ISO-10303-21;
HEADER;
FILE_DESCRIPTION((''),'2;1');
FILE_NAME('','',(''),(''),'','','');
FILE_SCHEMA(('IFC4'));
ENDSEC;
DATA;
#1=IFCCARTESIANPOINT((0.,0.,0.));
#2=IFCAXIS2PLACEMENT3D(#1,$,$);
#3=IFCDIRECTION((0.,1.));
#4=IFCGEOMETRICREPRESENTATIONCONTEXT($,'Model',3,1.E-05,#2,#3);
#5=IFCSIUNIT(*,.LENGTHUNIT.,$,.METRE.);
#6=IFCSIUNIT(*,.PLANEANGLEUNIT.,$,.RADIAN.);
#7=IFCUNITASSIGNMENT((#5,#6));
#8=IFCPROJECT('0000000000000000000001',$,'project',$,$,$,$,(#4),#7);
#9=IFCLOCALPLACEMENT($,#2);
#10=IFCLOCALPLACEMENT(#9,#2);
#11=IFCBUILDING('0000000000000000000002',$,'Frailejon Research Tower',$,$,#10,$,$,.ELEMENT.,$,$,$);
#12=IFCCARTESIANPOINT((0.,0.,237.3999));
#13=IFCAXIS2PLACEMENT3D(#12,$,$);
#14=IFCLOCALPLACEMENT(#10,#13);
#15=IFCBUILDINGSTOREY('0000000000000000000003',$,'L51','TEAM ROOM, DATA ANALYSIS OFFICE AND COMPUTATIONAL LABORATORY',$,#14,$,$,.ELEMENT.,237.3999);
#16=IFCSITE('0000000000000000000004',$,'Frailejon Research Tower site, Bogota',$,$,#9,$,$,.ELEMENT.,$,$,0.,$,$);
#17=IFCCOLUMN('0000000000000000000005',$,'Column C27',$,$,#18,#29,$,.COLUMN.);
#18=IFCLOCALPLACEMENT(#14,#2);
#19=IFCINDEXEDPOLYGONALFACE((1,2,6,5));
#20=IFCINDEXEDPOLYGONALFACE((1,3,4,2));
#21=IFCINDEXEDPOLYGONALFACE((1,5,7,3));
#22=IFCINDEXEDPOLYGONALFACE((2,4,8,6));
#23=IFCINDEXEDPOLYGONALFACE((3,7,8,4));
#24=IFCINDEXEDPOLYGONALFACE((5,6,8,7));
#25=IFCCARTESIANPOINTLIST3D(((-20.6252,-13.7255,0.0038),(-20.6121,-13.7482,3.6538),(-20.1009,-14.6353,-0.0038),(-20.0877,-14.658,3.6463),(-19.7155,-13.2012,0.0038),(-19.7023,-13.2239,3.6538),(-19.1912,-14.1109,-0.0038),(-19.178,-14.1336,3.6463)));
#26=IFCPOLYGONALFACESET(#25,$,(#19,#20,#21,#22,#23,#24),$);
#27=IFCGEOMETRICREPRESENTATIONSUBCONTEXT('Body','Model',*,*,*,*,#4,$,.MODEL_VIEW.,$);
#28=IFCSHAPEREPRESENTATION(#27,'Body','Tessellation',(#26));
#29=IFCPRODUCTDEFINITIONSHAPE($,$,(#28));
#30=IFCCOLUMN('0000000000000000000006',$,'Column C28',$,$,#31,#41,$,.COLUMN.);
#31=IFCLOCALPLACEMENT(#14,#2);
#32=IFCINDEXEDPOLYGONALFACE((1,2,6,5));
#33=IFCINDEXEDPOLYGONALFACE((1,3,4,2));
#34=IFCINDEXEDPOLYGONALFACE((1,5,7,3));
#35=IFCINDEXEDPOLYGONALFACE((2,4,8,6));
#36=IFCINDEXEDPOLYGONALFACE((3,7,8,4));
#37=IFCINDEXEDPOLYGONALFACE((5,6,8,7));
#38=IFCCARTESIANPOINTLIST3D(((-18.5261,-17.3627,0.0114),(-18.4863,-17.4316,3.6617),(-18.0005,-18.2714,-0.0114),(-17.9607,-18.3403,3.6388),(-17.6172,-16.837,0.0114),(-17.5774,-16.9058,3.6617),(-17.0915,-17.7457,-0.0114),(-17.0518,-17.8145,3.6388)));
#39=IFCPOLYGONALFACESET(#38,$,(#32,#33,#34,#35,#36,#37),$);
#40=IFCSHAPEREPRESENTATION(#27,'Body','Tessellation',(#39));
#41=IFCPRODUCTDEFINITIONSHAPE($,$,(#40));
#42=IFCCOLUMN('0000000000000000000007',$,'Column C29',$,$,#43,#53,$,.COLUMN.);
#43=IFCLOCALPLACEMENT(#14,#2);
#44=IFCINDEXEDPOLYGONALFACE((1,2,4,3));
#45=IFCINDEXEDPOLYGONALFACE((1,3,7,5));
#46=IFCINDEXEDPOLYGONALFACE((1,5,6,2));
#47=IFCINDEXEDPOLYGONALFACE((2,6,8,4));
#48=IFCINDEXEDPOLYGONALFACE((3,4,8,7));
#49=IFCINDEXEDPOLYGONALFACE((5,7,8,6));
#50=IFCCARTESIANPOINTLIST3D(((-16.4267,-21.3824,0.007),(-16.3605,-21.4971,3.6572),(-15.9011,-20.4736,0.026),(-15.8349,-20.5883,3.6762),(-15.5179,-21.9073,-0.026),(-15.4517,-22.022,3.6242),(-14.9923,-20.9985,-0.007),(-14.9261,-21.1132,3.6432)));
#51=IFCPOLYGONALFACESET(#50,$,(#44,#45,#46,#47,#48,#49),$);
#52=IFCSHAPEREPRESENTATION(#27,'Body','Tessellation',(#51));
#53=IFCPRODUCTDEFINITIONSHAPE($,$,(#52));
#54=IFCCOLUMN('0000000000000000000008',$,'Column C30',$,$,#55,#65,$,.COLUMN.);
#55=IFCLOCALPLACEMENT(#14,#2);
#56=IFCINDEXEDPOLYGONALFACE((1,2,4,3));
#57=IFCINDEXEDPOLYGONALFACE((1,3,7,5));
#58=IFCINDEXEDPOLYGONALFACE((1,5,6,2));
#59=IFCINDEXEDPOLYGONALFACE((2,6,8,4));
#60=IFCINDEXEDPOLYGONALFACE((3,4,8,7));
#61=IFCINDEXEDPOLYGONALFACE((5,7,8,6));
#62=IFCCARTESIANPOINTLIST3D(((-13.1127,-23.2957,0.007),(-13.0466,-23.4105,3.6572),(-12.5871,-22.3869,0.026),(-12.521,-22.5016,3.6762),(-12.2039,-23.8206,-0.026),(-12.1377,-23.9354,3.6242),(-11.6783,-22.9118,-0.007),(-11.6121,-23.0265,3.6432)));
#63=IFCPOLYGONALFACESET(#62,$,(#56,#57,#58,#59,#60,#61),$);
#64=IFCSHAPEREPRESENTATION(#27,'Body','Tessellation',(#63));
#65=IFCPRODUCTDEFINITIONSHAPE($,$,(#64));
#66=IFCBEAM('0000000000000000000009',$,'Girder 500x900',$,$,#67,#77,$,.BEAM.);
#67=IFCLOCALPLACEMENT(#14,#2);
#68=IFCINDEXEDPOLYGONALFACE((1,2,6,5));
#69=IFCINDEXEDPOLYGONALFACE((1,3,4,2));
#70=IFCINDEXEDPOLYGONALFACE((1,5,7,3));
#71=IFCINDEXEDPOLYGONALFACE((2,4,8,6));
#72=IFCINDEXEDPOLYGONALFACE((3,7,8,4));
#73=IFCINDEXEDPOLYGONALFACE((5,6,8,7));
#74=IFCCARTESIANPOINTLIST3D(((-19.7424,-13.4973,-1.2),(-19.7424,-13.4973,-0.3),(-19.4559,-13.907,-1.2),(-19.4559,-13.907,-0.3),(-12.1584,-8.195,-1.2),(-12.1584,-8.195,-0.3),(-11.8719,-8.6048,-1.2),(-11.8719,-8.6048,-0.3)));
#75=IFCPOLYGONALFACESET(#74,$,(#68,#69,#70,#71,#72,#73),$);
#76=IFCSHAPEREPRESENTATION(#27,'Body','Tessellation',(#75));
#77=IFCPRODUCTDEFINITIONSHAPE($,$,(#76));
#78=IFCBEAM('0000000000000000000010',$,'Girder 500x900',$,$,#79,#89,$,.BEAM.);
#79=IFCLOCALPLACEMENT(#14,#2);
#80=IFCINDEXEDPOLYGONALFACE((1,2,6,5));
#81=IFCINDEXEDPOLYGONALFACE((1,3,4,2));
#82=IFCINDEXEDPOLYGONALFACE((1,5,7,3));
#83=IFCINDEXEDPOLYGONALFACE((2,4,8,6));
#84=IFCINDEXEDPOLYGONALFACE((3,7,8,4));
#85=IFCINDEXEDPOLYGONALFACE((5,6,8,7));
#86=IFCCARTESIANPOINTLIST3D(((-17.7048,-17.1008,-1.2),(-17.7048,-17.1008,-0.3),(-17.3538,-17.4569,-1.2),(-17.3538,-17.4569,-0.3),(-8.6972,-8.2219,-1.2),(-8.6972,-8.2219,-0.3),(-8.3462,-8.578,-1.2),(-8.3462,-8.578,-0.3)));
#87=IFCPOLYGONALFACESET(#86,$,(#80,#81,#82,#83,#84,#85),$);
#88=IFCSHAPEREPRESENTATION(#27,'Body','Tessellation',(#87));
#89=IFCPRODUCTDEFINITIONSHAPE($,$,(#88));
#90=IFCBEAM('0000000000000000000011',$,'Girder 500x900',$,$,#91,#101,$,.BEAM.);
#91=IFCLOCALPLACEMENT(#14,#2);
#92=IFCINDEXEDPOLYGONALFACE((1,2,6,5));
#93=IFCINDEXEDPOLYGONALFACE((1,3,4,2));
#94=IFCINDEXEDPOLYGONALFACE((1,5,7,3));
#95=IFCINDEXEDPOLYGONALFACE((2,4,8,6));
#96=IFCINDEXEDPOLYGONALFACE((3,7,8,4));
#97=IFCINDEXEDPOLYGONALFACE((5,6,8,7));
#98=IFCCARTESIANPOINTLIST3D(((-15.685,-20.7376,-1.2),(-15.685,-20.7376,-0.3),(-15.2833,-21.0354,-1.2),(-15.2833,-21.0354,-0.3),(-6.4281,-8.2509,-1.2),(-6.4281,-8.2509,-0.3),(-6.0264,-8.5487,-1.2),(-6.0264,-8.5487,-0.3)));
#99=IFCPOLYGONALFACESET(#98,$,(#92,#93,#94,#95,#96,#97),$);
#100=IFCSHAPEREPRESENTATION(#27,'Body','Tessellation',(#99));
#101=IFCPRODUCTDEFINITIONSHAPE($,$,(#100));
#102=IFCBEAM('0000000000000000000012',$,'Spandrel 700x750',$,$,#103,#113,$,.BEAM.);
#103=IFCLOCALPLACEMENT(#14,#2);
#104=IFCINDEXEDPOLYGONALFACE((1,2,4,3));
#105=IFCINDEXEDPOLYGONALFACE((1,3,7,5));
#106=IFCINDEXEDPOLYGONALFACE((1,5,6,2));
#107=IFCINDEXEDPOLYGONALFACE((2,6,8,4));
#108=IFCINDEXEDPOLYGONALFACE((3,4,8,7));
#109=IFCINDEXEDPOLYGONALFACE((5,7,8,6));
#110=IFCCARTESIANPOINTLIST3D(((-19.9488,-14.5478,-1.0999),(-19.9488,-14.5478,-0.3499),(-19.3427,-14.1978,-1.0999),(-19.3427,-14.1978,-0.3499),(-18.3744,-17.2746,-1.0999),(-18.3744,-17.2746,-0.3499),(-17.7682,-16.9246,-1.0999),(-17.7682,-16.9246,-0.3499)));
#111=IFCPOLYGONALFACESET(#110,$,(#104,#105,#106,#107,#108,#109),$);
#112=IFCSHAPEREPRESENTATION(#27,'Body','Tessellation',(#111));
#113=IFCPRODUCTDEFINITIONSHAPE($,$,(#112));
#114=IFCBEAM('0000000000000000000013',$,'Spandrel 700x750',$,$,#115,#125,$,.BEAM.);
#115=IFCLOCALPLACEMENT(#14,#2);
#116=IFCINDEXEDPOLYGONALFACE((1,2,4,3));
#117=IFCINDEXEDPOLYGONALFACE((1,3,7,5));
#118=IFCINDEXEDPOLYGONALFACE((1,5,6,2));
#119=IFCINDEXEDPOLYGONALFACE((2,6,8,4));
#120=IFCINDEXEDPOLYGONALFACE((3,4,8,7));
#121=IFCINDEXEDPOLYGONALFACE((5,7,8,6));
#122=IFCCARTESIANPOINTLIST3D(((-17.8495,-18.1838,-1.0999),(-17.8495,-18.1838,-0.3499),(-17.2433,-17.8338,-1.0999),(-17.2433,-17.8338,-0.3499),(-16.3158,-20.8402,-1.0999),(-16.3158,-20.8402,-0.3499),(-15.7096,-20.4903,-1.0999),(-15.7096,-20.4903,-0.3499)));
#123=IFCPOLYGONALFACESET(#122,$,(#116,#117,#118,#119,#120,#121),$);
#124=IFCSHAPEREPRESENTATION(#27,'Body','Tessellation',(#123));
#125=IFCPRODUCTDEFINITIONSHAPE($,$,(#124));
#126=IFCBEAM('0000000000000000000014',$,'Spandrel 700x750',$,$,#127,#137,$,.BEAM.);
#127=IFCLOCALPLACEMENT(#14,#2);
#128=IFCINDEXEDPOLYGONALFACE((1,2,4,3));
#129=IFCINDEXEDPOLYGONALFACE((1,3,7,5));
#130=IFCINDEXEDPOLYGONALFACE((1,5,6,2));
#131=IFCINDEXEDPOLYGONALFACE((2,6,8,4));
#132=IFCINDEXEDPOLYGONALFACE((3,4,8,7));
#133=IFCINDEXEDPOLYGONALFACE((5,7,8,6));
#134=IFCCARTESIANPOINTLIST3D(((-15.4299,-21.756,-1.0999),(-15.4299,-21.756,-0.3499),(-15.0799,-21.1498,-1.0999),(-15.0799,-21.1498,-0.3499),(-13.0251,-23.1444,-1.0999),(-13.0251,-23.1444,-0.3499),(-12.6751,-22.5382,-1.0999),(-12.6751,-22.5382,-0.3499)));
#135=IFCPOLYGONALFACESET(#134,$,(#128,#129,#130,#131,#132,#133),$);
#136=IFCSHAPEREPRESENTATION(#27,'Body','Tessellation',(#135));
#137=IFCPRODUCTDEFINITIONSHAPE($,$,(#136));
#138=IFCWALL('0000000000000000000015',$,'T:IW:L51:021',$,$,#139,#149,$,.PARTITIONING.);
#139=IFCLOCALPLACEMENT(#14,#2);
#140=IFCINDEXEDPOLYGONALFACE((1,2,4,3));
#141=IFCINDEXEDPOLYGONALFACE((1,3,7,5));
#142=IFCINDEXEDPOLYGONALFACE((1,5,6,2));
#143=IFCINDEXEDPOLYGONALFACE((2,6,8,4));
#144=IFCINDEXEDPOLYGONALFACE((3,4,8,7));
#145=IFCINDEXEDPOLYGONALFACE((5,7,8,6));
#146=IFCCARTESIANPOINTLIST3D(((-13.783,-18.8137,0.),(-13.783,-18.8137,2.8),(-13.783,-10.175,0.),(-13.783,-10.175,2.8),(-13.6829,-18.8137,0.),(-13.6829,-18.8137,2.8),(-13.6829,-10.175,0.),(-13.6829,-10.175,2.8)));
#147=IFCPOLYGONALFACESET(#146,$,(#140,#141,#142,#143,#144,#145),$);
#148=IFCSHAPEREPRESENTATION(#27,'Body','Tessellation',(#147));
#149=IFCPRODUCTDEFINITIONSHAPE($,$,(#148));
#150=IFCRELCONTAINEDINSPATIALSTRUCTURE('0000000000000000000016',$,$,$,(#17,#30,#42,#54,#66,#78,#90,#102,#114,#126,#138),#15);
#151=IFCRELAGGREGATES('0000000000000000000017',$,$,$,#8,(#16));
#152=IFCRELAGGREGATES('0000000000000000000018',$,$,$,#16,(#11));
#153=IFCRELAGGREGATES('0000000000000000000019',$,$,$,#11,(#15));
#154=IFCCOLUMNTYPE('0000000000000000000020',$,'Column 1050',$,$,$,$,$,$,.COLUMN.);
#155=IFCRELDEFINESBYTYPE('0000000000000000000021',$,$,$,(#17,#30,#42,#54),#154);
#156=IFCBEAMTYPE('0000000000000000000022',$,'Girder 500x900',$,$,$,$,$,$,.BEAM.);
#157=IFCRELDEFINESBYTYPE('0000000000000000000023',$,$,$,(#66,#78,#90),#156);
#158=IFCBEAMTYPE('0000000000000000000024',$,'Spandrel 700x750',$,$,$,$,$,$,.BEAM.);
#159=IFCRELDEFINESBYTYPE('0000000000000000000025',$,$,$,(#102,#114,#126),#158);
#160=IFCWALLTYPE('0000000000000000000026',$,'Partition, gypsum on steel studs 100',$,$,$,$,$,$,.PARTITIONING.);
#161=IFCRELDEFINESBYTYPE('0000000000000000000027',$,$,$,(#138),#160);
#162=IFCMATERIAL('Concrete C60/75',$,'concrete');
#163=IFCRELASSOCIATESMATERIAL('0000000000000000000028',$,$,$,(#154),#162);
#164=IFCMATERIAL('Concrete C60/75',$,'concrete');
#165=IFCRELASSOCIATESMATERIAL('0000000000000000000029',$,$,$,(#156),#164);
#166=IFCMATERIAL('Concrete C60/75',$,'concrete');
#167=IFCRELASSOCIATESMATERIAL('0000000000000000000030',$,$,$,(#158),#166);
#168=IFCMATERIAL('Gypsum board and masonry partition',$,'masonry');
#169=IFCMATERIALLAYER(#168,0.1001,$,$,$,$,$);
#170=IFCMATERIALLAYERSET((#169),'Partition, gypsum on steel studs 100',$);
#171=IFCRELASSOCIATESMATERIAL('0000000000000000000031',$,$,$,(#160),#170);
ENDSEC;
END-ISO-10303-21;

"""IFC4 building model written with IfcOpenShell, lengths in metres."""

from ifc_helpers import new_model, si_unit, direction, frame, frame_2d, origin, origin_2d, place, context, subcontext, project, spatial, rectangle, extrude, material, layer, layer_set, material_profile, profile_set, type_object, element, save


model = new_model("IFC4")

# Units and contexts
model_context = context("Model", 3, precision=1e-05, world=origin(), true_north=direction((0.0, 1.0)))
body_context = subcontext(model_context, "Body", "Model", "MODEL_VIEW")
ifc_project = project(units=[si_unit("LENGTHUNIT", "METRE"), si_unit("PLANEANGLEUNIT", "RADIAN")], contexts=[model_context])

# Site, building, storey
site_placement = place(None, origin())
site = spatial("IfcSite", under=ifc_project, at=site_placement, Name="Frailejon Research Tower site, Bogota", CompositionType="ELEMENT", RefElevation=0.0)
building_placement = place(site_placement, origin())
building = spatial("IfcBuilding", under=site, at=building_placement, Name="Frailejon Research Tower", CompositionType="ELEMENT")
storey_placement = place(building_placement, frame((0.0, 0.0, 237.3999)))
storey = spatial("IfcBuildingStorey", under=building, at=storey_placement, Name="L51", Description="TEAM ROOM, DATA ANALYSIS OFFICE AND COMPUTATIONAL LABORATORY", CompositionType="ELEMENT", Elevation=237.3999)

# Columns
ifc_material_1 = material(Name="Concrete C60/75", Category="concrete")
ifc_material_profile_1 = material_profile(ifc_material_1, rectangle(XDim=1.05, YDim=1.05, at=origin_2d()), Name="Column 1050")
ifc_profile_set_1 = profile_set([ifc_material_profile_1], Name="Concrete C60/75")
column_type = type_object("IfcColumnType", Name="Column 1050", PredefinedType="COLUMN", material=ifc_profile_set_1)
column_1_placement = place(storey_placement, frame((-19.9082, -13.9182, 0.0), z_axis=(0.003612, -0.00622, 0.999974), x_axis=(0.499322, -0.866387, -0.007193)))
element("IfcColumn", 1, at=column_1_placement, inside=storey, type_object=column_type, Name="Column C27", PredefinedType="COLUMN", context=body_context, shape_type="SweptSolid", body=[
    extrude(rectangle(XDim=1.05, YDim=1.05, at=origin_2d()), origin(), (0.0, 0.0, 1.0), 3.6501),
])
column_2_placement = place(storey_placement, frame((-17.8088, -17.5542, 0.0), z_axis=(0.0109, -0.018857, 0.999763), x_axis=(0.50059, -0.86541, -0.021781)))
element("IfcColumn", 2, at=column_2_placement, inside=storey, type_object=column_type, Name="Column C28", PredefinedType="COLUMN", context=body_context, shape_type="SweptSolid", body=[
    extrude(rectangle(XDim=1.05, YDim=1.05, at=origin_2d()), origin(), (0.0, 0.0, 1.0), 3.6511),
])
for number, where, z_axis, x_axis, name in (
    (3, (-15.7095, -21.1904, 0.0), (0.018114, -0.031415, 0.999342), (0.86552, -0.499889, -0.031403), "Column C29"),
    (4, (-12.3955, -23.1038, 0.0), (0.018114, -0.031415, 0.999342), (0.86552, -0.499889, -0.031403), "Column C30"),
):
    element("IfcColumn", number, at=place(storey_placement, frame(where, z_axis=z_axis, x_axis=x_axis)), inside=storey, type_object=column_type, Name=name, PredefinedType="COLUMN", context=body_context, shape_type="SweptSolid", body=[
        extrude(rectangle(XDim=1.05, YDim=1.05, at=origin_2d()), origin(), (0.0, 0.0, 1.0), 3.6526),
    ])

# Beams
ifc_material_2 = material(Name="Concrete C60/75", Category="concrete")
ifc_material_profile_2 = material_profile(ifc_material_2, rectangle(XDim=0.5, YDim=0.8999, at=origin_2d()), Name="Girder 500x900")
ifc_profile_set_2 = profile_set([ifc_material_profile_2], Name="Concrete C60/75")
beam_type_1 = type_object("IfcBeamType", Name="Girder 500x900", PredefinedType="BEAM", material=ifc_profile_set_2)
beam_1_placement = place(storey_placement, frame((-19.5991, -13.7021, -0.75), z_axis=(0.819564, 0.572988, 0.0), x_axis=(-0.572988, 0.819564, 0.0)))
element("IfcBeam", 5, at=beam_1_placement, inside=storey, type_object=beam_type_1, Name="Girder 500x900", PredefinedType="BEAM", context=body_context, shape_type="SweptSolid", body=[
    extrude(rectangle(XDim=0.5, YDim=0.8999, at=origin_2d()), origin(), (0.0, 0.0, 1.0), 9.2537),
])
beam_2_placement = place(storey_placement, frame((-17.5293, -17.2788, -0.75), z_axis=(0.712175, 0.702002, 0.0), x_axis=(-0.702002, 0.712175, 0.0)))
element("IfcBeam", 6, at=beam_2_placement, inside=storey, type_object=beam_type_1, Name="Girder 500x900", PredefinedType="BEAM", context=body_context, shape_type="SweptSolid", body=[
    extrude(rectangle(XDim=0.5, YDim=0.8999, at=origin_2d()), origin(), (0.0, 0.0, 1.0), 12.6479),
])
beam_3_placement = place(storey_placement, frame((-15.4841, -20.8865, -0.75), z_axis=(0.59554, 0.803326, 0.0), x_axis=(-0.803326, 0.59554, 0.0)))
element("IfcBeam", 7, at=beam_3_placement, inside=storey, type_object=beam_type_1, Name="Girder 500x900", PredefinedType="BEAM", context=body_context, shape_type="SweptSolid", body=[
    extrude(rectangle(XDim=0.5, YDim=0.8999, at=origin_2d()), origin(), (0.0, 0.0, 1.0), 15.5437),
])
ifc_material_3 = material(Name="Concrete C60/75", Category="concrete")
ifc_material_profile_3 = material_profile(ifc_material_3, rectangle(XDim=0.7, YDim=0.75, at=origin_2d()), Name="Spandrel 700x750")
ifc_profile_set_3 = profile_set([ifc_material_profile_3], Name="Concrete C60/75")
beam_type_2 = type_object("IfcBeamType", Name="Spandrel 700x750", PredefinedType="BEAM", material=ifc_profile_set_3)
beam_4_placement = place(storey_placement, frame((-19.6458, -14.3728, -0.7249), z_axis=(0.500033, -0.866006, 0.0), x_axis=(0.866006, 0.500033, 0.0)))
element("IfcBeam", 8, at=beam_4_placement, inside=storey, type_object=beam_type_2, Name="Spandrel 700x750", PredefinedType="BEAM", context=body_context, shape_type="SweptSolid", body=[
    extrude(rectangle(XDim=0.7, YDim=0.75, at=origin_2d()), origin(), (0.0, 0.0, 1.0), 3.1487),
])
beam_5_placement = place(storey_placement, frame((-17.5464, -18.0088, -0.7249), z_axis=(0.499991, -0.866031, 0.0), x_axis=(0.866031, 0.499991, 0.0)))
element("IfcBeam", 9, at=beam_5_placement, inside=storey, type_object=beam_type_2, Name="Spandrel 700x750", PredefinedType="BEAM", context=body_context, shape_type="SweptSolid", body=[
    extrude(rectangle(XDim=0.7, YDim=0.75, at=origin_2d()), origin(), (0.0, 0.0, 1.0), 3.0674),
])
beam_6_placement = place(storey_placement, frame((-15.2549, -21.4529, -0.7249), z_axis=(0.866022, -0.500007, 0.0), x_axis=(0.500007, 0.866022, 0.0)))
element("IfcBeam", 10, at=beam_6_placement, inside=storey, type_object=beam_type_2, Name="Spandrel 700x750", PredefinedType="BEAM", context=body_context, shape_type="SweptSolid", body=[
    extrude(rectangle(XDim=0.7, YDim=0.75, at=origin_2d()), origin(), (0.0, 0.0, 1.0), 2.7769),
])

# Wall
ifc_material_4 = material(Name="Gypsum board and masonry partition", Category="masonry")
ifc_layer_1 = layer(ifc_material_4, 0.1001)
ifc_layer_set_1 = layer_set([ifc_layer_1], Name="Partition, gypsum on steel studs 100")
wall_type_1 = type_object("IfcWallType", Name="Partition, gypsum on steel studs 100", PredefinedType="PARTITIONING", material=ifc_layer_set_1)
wall_1_placement = place(storey_placement, frame((-13.7329, -18.8137, 0.0), z_axis=(0.0, 0.0, 1.0), x_axis=(0.0, 1.0, 0.0)))
element("IfcWall", 11, at=wall_1_placement, inside=storey, type_object=wall_type_1, Name="T:IW:L51:021", PredefinedType="PARTITIONING", context=body_context, shape_type="SweptSolid", body=[
    extrude(rectangle(XDim=8.6387, YDim=0.1001, at=frame_2d((4.3193, 0.0))), origin(), (0.0, 0.0, 1.0), 2.8),
])

save(model, "model.ifc")
